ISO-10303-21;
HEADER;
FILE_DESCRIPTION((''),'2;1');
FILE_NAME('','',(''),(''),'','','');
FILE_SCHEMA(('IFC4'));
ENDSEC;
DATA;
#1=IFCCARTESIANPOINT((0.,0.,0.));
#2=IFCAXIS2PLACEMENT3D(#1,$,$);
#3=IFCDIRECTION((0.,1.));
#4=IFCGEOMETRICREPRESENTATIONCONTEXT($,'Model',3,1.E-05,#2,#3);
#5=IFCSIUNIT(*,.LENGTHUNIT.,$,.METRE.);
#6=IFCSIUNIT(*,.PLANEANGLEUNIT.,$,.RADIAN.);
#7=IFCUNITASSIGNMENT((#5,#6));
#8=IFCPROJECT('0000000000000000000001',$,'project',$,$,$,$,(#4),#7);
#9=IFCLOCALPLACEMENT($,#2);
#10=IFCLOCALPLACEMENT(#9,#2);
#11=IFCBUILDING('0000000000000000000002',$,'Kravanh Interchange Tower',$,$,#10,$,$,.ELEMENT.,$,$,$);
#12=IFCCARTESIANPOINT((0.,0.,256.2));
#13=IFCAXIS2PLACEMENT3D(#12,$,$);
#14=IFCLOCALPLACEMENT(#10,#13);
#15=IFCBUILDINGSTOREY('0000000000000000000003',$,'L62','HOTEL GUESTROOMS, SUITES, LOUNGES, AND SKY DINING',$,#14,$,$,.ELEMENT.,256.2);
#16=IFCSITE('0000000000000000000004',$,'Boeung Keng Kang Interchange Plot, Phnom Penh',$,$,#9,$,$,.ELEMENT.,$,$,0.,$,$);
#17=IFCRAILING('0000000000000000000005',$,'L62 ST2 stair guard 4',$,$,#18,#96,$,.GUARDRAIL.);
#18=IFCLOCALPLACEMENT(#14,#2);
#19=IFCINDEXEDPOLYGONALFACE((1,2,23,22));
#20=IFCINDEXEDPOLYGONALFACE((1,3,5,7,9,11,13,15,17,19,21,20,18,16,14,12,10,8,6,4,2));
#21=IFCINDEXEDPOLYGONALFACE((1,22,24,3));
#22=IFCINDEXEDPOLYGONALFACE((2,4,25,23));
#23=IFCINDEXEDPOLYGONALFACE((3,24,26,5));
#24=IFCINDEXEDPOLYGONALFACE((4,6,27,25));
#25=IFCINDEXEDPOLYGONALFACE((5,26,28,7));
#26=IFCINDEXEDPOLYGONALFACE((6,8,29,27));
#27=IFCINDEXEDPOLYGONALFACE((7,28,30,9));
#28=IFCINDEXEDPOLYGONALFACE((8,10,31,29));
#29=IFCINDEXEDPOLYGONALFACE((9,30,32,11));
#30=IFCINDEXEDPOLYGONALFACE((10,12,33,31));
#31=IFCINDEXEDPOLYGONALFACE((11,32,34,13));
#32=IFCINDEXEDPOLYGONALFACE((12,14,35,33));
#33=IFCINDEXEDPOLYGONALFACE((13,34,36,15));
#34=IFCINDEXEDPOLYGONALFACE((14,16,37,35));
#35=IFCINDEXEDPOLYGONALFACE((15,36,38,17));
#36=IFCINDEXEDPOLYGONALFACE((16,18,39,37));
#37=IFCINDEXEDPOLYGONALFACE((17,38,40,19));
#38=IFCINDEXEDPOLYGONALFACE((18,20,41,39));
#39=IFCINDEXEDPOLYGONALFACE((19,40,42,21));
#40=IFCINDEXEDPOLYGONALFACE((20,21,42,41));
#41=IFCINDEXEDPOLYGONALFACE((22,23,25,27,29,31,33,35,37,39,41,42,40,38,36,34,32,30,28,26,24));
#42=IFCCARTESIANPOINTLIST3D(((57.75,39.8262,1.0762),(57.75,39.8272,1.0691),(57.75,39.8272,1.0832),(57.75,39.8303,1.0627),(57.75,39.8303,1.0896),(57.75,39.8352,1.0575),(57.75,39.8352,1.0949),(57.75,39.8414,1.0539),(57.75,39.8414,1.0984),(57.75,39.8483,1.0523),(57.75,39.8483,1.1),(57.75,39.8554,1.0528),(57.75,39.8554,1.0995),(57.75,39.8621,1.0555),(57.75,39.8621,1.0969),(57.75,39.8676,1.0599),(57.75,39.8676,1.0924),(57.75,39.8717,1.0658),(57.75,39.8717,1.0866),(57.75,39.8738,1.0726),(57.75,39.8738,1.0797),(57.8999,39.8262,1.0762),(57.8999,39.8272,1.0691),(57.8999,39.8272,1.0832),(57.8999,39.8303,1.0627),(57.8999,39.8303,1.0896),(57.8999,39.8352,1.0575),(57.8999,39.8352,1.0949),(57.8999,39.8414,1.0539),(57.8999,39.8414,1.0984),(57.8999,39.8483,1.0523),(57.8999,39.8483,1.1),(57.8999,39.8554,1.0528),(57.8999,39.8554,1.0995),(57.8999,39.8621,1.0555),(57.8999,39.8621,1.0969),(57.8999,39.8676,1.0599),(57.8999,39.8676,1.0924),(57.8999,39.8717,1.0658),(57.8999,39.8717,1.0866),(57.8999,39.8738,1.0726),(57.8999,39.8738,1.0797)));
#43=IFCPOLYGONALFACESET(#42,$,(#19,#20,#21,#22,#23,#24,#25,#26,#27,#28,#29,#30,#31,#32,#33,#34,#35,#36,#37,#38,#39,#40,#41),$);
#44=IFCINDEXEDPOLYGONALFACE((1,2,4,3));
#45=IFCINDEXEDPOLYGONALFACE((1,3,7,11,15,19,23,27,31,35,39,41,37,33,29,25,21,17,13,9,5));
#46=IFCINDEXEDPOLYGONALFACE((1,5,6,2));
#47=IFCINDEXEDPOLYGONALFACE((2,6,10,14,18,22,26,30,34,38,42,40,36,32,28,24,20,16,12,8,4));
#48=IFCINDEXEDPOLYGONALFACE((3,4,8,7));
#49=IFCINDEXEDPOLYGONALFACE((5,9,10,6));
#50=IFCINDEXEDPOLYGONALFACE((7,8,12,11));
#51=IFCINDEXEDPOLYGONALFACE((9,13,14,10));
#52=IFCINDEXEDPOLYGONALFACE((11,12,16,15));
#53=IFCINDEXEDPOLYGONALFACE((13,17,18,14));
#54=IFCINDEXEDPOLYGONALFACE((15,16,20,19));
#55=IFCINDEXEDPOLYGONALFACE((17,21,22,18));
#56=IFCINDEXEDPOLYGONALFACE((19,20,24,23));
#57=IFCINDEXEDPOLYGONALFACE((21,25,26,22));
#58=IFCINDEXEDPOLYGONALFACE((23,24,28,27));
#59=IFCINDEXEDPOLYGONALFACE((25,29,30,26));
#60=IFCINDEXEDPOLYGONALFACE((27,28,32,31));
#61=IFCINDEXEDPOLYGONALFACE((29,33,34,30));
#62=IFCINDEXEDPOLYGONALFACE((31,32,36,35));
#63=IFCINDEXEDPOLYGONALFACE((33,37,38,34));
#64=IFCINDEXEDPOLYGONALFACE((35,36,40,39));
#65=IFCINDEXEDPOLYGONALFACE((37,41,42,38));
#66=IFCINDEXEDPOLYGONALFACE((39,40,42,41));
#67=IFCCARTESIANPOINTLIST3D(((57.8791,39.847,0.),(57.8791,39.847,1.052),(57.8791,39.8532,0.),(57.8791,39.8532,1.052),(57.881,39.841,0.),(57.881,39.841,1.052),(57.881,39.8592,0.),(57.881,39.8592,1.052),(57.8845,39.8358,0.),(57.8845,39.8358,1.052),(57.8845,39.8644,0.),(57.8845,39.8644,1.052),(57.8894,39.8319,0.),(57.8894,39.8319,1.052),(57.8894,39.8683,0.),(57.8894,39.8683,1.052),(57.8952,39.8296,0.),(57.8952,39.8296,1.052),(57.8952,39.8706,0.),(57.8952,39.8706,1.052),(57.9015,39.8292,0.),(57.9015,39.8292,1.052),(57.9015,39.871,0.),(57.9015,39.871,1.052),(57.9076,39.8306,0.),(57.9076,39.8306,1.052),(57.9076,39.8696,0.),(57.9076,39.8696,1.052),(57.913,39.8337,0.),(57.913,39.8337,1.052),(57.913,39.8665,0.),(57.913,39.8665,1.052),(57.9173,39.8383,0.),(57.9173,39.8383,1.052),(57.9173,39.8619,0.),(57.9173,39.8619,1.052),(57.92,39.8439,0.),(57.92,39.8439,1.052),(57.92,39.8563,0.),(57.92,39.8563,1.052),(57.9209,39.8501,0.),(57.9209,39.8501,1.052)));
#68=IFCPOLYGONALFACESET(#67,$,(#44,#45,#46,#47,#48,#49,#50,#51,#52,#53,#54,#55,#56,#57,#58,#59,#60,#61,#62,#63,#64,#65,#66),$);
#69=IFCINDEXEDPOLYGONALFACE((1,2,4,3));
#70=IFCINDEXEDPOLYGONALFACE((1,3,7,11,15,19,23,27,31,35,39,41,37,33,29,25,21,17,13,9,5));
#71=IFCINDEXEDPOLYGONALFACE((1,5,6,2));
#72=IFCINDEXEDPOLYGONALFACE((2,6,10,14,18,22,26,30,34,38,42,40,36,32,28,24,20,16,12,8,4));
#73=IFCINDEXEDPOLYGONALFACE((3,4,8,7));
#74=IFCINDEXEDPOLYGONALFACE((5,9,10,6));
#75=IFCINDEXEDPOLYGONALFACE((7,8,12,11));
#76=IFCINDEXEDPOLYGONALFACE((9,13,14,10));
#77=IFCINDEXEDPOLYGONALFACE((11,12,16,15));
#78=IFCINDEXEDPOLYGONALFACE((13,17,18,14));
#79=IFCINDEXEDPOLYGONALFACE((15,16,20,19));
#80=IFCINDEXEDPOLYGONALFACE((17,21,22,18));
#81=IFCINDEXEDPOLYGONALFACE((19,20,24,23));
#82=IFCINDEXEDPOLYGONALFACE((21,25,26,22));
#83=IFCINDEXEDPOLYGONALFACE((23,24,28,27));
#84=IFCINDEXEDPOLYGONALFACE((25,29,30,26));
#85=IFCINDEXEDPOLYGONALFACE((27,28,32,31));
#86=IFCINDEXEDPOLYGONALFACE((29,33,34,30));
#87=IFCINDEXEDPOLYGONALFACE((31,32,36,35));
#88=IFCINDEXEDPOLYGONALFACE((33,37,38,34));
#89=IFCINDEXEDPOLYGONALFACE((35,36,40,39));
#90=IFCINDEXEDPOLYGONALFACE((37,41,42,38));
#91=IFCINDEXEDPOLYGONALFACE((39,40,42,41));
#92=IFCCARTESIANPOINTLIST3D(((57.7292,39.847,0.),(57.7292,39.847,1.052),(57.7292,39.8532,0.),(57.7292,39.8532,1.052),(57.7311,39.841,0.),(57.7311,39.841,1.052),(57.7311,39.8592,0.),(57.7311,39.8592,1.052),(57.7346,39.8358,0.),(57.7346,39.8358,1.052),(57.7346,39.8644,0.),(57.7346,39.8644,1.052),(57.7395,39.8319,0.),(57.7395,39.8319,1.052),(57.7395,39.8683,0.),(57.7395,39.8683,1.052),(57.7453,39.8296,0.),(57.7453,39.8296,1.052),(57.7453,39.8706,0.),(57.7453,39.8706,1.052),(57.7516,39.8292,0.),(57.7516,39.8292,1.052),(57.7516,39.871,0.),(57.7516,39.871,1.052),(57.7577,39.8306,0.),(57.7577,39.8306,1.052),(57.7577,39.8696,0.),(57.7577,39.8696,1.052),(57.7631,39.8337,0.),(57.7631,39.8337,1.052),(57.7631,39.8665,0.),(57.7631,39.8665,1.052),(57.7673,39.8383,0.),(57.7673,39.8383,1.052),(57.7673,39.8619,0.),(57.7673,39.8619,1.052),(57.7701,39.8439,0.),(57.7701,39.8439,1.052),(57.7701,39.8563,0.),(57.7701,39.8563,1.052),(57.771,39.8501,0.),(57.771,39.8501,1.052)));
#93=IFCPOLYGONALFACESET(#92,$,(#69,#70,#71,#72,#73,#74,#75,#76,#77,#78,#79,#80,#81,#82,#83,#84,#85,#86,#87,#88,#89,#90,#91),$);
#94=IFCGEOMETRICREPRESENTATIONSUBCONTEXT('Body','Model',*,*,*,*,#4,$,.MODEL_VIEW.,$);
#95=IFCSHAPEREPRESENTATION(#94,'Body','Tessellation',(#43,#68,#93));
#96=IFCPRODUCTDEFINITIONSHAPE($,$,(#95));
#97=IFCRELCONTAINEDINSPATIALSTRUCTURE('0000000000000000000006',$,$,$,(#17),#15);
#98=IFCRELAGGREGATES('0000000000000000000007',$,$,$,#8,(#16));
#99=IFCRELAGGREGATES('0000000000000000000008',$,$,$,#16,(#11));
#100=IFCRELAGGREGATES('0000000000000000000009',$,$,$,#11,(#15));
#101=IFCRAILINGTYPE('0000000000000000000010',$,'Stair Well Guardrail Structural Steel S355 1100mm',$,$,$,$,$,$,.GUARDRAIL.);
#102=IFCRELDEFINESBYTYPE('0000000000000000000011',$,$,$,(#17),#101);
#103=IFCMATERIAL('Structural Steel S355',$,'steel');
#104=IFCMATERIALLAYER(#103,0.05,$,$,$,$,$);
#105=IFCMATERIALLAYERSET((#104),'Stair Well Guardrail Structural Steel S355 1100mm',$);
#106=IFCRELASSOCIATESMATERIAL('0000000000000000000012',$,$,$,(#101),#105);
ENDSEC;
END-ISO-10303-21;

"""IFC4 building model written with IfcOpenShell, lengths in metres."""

from ifc_helpers import new_model, si_unit, direction, frame, origin, origin_2d, place, context, subcontext, project, spatial, circle, extrude, material, layer, layer_set, type_object, element, save


model = new_model("IFC4")

# Units and contexts
model_context = context("Model", 3, precision=1e-05, world=origin(), true_north=direction((0.0, 1.0)))
body_context = subcontext(model_context, "Body", "Model", "MODEL_VIEW")
ifc_project = project(units=[si_unit("LENGTHUNIT", "METRE"), si_unit("PLANEANGLEUNIT", "RADIAN")], contexts=[model_context])

# Site, building, storey
site_placement = place(None, origin())
site = spatial("IfcSite", under=ifc_project, at=site_placement, Name="Boeung Keng Kang Interchange Plot, Phnom Penh", CompositionType="ELEMENT", RefElevation=0.0)
building_placement = place(site_placement, origin())
building = spatial("IfcBuilding", under=site, at=building_placement, Name="Kravanh Interchange Tower", CompositionType="ELEMENT")
storey_placement = place(building_placement, frame((0.0, 0.0, 256.2)))
storey = spatial("IfcBuildingStorey", under=building, at=storey_placement, Name="L62", Description="HOTEL GUESTROOMS, SUITES, LOUNGES, AND SKY DINING", CompositionType="ELEMENT", Elevation=256.2)

# Railing
ifc_material_1 = material(Name="Structural Steel S355", Category="steel")
ifc_layer_1 = layer(ifc_material_1, 0.05)
ifc_layer_set_1 = layer_set([ifc_layer_1], Name="Stair Well Guardrail Structural Steel S355 1100mm")
railing_type_1 = type_object("IfcRailingType", Name="Stair Well Guardrail Structural Steel S355 1100mm", PredefinedType="GUARDRAIL", material=ifc_layer_set_1)
railing_1_placement = place(storey_placement, frame((57.8999, 39.8501, 0.0)))
element("IfcRailing", 1, at=railing_1_placement, inside=storey, type_object=railing_type_1, Name="L62 ST2 stair guard 4", PredefinedType="GUARDRAIL", context=body_context, shape_type="SweptSolid", body=[
    extrude(circle(Radius=0.0239, at=origin_2d()), frame((0.0, 0.0, 1.0762), z_axis=(-1.0, 0.0, 0.0), x_axis=(0.0, -1.0, 0.0)), (0.0, 0.0, 1.0), 0.1499),
    extrude(circle(Radius=0.021, at=origin_2d()), origin(), (0.0, 0.0, 1.0), 1.052),
    extrude(circle(Radius=0.021, at=origin_2d()), frame((-0.1499, 0.0, 0.0)), (0.0, 0.0, 1.0), 1.052),
])

save(model, "model.ifc")
